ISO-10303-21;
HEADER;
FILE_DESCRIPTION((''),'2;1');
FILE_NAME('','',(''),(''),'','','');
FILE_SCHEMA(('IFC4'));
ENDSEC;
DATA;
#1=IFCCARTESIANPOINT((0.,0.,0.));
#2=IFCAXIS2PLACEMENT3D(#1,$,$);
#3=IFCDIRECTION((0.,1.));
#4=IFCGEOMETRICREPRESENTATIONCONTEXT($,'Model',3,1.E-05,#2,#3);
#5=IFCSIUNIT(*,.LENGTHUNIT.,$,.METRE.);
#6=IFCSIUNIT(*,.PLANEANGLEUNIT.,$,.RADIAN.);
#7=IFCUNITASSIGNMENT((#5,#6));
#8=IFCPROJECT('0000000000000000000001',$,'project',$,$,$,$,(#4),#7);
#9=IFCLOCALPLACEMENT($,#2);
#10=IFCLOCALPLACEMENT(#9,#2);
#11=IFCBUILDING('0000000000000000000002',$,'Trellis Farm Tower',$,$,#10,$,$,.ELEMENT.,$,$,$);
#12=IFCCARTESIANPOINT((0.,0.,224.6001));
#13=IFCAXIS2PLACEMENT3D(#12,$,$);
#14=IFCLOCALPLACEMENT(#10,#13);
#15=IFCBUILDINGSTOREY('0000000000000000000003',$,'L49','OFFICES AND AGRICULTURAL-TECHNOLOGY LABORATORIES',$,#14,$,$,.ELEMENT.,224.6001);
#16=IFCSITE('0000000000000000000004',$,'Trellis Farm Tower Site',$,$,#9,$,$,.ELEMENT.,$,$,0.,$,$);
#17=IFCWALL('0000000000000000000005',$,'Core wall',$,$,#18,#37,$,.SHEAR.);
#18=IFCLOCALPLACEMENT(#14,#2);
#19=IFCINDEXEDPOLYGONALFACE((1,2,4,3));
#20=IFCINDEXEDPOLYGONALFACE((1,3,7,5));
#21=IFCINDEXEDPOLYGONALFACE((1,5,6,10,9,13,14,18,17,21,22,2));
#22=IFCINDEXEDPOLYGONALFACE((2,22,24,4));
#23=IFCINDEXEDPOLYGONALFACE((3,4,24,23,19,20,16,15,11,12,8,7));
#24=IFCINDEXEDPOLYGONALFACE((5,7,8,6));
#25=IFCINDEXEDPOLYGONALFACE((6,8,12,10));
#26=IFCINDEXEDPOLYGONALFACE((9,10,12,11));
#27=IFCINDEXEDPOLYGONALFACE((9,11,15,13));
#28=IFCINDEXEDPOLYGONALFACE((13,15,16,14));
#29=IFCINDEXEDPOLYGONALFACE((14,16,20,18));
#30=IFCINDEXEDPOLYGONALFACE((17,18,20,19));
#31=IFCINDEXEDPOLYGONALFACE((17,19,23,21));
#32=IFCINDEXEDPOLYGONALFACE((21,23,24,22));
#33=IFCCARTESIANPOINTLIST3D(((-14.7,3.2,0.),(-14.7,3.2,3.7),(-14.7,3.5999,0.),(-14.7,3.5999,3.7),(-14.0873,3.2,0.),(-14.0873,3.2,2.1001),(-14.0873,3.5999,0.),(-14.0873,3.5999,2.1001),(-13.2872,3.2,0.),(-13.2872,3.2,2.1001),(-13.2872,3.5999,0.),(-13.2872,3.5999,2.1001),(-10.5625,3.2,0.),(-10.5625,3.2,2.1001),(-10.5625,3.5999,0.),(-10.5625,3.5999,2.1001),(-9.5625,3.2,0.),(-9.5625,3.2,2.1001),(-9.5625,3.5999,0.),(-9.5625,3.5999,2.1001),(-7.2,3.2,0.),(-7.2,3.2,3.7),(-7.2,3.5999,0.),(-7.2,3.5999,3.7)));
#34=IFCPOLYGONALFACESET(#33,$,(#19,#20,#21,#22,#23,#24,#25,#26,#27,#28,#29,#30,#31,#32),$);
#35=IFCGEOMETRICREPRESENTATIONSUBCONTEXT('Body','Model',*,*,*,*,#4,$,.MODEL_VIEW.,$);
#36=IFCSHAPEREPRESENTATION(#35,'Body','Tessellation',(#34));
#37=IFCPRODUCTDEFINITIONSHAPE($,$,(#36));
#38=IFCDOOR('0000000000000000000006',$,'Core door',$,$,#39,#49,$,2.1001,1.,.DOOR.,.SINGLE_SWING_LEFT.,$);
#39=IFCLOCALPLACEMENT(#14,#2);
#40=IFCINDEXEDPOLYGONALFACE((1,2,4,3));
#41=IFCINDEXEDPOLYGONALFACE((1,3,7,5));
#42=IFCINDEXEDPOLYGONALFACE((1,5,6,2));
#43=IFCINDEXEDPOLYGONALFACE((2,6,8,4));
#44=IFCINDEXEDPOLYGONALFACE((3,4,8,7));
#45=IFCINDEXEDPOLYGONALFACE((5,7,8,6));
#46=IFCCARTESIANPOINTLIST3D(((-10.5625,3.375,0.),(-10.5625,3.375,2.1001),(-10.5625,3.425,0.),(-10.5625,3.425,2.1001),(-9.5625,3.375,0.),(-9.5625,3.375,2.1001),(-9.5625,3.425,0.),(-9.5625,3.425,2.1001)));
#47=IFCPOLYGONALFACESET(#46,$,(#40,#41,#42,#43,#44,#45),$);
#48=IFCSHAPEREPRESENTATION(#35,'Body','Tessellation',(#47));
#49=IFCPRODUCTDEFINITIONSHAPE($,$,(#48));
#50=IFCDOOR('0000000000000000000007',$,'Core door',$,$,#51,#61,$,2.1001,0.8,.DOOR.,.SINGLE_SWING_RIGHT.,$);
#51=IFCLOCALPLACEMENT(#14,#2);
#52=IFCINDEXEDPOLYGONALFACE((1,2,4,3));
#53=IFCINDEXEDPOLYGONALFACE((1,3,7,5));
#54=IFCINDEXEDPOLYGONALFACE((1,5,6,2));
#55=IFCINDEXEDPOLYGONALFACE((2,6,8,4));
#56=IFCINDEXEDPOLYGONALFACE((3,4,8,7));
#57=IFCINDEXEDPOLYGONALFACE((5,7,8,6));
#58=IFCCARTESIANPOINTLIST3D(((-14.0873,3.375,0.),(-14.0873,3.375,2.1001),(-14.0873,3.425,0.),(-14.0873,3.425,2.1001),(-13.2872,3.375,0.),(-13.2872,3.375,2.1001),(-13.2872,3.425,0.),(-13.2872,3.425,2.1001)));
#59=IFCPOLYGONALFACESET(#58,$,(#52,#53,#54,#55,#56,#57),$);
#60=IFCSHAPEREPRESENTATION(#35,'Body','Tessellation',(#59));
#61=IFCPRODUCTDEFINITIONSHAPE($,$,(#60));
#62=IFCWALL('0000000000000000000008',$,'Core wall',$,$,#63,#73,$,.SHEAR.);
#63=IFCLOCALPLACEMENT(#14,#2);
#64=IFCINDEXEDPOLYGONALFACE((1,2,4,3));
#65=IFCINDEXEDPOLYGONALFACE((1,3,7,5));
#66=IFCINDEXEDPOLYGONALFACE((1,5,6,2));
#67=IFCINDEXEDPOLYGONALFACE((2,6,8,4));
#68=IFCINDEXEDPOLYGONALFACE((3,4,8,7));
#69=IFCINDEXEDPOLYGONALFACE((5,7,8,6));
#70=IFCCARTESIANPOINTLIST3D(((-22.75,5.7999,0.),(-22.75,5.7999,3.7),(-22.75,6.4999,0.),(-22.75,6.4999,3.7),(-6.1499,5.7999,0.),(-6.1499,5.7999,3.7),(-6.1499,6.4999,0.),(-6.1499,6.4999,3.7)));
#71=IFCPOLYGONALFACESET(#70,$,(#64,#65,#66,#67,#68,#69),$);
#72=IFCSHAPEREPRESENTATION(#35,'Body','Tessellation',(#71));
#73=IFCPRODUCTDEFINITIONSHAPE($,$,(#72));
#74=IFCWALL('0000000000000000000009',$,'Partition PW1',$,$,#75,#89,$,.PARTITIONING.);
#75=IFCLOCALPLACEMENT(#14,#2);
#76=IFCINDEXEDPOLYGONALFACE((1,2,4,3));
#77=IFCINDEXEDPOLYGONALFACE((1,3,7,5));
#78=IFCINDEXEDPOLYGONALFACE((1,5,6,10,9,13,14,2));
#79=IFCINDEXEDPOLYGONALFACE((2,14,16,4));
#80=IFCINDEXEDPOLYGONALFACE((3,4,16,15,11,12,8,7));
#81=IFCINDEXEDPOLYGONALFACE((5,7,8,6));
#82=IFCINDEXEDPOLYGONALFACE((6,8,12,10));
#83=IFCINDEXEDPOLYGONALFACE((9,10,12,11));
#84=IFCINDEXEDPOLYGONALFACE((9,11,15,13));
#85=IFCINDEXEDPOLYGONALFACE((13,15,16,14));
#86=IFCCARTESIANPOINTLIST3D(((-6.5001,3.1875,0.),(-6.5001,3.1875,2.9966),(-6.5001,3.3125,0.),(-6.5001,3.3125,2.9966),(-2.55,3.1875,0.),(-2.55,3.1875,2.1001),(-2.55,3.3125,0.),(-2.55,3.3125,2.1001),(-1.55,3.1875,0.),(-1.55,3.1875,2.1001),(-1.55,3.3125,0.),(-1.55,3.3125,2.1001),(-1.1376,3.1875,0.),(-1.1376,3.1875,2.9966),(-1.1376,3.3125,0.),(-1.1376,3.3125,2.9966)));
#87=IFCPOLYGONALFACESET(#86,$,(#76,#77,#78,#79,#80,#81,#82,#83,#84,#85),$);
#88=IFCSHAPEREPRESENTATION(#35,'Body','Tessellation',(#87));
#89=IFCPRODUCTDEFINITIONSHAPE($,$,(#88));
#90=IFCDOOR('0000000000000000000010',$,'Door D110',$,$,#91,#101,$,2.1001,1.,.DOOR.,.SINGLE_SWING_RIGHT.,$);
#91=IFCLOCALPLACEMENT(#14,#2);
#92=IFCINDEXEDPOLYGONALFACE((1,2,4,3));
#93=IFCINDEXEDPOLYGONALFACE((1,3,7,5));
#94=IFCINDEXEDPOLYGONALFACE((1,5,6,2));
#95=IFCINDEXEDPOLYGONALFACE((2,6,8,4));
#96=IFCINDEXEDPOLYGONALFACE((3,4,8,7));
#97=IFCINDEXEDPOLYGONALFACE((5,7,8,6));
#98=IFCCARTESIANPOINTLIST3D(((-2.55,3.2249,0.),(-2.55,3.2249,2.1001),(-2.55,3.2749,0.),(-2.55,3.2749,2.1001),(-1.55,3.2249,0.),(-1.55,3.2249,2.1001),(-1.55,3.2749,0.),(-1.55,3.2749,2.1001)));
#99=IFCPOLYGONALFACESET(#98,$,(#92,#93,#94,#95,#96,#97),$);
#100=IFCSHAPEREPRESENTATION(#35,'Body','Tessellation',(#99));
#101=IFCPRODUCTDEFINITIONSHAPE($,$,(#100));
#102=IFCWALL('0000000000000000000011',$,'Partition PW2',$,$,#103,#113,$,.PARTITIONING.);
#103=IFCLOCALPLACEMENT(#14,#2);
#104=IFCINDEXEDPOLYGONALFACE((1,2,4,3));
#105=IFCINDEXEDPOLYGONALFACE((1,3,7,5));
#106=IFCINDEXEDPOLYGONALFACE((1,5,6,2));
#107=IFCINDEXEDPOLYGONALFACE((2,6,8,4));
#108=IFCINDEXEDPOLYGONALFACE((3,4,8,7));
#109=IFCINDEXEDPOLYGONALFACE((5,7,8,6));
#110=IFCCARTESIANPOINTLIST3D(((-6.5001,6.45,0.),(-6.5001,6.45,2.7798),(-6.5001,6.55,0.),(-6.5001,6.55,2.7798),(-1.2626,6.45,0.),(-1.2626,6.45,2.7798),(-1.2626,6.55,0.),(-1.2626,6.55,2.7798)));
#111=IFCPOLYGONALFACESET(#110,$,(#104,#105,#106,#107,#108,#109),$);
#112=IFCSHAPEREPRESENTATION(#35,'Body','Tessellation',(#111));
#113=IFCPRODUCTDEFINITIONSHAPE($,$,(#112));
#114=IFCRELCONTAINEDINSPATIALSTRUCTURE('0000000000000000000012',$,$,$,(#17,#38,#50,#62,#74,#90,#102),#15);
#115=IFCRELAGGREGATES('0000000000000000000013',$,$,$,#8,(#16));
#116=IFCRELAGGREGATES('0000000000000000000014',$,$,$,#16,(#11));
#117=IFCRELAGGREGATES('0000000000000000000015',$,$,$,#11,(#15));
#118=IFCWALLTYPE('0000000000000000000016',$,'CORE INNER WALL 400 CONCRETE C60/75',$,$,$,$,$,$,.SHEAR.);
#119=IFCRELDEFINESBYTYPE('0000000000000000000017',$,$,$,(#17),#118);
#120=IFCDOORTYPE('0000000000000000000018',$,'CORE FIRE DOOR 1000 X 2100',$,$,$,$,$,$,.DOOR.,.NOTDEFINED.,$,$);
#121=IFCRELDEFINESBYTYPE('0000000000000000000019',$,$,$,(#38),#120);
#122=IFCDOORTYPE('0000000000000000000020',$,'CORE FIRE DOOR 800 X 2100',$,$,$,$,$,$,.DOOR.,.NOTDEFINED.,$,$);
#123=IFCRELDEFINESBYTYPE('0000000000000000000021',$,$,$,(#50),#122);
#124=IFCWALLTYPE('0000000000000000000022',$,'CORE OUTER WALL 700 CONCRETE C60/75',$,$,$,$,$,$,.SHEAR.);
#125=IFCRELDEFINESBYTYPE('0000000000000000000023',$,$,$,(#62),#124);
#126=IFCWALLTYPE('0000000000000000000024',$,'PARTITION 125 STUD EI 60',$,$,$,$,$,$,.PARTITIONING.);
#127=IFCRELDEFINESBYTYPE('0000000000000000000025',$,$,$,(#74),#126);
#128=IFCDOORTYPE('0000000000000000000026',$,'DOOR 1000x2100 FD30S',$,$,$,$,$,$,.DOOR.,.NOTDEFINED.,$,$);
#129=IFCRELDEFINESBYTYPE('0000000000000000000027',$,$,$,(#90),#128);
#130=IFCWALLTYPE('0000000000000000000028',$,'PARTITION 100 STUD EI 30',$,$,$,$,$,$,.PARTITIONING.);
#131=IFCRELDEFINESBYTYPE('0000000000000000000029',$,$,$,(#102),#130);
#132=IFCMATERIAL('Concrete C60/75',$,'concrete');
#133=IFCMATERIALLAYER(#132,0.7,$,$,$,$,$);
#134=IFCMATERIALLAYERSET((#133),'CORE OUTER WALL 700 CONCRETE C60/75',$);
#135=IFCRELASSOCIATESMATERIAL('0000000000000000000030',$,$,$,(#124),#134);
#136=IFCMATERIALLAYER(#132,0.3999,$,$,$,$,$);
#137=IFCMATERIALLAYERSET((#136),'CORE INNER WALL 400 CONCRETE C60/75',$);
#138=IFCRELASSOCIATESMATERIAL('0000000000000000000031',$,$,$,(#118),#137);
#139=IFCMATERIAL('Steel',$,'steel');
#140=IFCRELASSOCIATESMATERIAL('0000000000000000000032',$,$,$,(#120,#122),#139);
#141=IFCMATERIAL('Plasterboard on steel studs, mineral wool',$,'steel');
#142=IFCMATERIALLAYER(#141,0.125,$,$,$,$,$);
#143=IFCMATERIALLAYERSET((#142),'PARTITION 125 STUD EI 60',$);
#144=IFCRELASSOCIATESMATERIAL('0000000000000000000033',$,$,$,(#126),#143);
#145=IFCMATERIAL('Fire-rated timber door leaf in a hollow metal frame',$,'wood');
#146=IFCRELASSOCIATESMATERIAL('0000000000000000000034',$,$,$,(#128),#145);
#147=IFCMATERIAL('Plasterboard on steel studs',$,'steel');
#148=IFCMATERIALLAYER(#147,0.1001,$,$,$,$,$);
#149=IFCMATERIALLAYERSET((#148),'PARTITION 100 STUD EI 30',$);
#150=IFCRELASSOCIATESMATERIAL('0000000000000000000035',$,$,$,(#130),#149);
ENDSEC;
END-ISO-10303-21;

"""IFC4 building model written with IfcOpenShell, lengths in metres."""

from ifc_helpers import new_model, si_unit, direction, frame, frame_2d, origin, place, context, subcontext, project, spatial, rectangle, extrude, source, transform, mapped, material, layer, layer_set, type_object, element, fill, save


model = new_model("IFC4")

# Units and contexts
model_context = context("Model", 3, precision=1e-05, world=origin(), true_north=direction((0.0, 1.0)))
body_context = subcontext(model_context, "Body", "Model", "MODEL_VIEW")
ifc_project = project(units=[si_unit("LENGTHUNIT", "METRE"), si_unit("PLANEANGLEUNIT", "RADIAN")], contexts=[model_context])

# Site, building, storey
site_placement = place(None, origin())
site = spatial("IfcSite", under=ifc_project, at=site_placement, Name="Trellis Farm Tower Site", CompositionType="ELEMENT", RefElevation=0.0)
building_placement = place(site_placement, origin())
building = spatial("IfcBuilding", under=site, at=building_placement, Name="Trellis Farm Tower", CompositionType="ELEMENT")
storey_placement = place(building_placement, frame((0.0, 0.0, 224.6001)))
storey = spatial("IfcBuildingStorey", under=building, at=storey_placement, Name="L49", Description="OFFICES AND AGRICULTURAL-TECHNOLOGY LABORATORIES", CompositionType="ELEMENT", Elevation=224.6001)

# Shared definitions
ifc_material_1 = material(Name="Concrete C60/75", Category="concrete")

# Shared definitions
ifc_layer_1 = layer(ifc_material_1, 0.7)
ifc_layer_set_1 = layer_set([ifc_layer_1], Name="CORE OUTER WALL 700 CONCRETE C60/75")
wall_type_1 = type_object("IfcWallType", Name="CORE OUTER WALL 700 CONCRETE C60/75", PredefinedType="SHEAR", material=ifc_layer_set_1)
ifc_material_2 = material(Name="Steel", Category="steel")

# Wall, openings, doors
ifc_layer_2 = layer(ifc_material_1, 0.3999)
ifc_layer_set_2 = layer_set([ifc_layer_2], Name="CORE INNER WALL 400 CONCRETE C60/75")
wall_type_2 = type_object("IfcWallType", Name="CORE INNER WALL 400 CONCRETE C60/75", PredefinedType="SHEAR", material=ifc_layer_set_2)
shared_shape_1 = source(origin(), body_context, "Body", "SweptSolid", [
    extrude(rectangle(XDim=7.5, YDim=0.3999, at=frame_2d((3.75, 0.0))), origin(), (0.0, 0.0, 1.0), 3.7),
])
wall_1_placement = place(storey_placement, frame((-7.2, 3.3999, 0.0), z_axis=(0.0, 0.0, 1.0), x_axis=(-1.0, 0.0, 0.0)))
wall_1 = element("IfcWall", 1, at=wall_1_placement, inside=storey, type_object=wall_type_2, Name="Core wall", PredefinedType="SHEAR", context=body_context, shape_type="MappedRepresentation", body=[
    mapped(shared_shape_1, transform((0.0, 0.0, 0.0))),
])
shared_shape_2 = source(origin(), body_context, "Body", "SweptSolid", [
    extrude(rectangle(XDim=1.0, YDim=2.1001, at=frame_2d((0.5, 1.05))), frame((0.0, 0.21, 0.0), z_axis=(0.0, -1.0, 0.0), x_axis=(1.0, 0.0, 0.0)), (0.0, 0.0, 1.0), 0.4199),
])
opening_1_placement = place(wall_1_placement, frame((2.3625, 0.0, 0.0)))
opening_1 = element("IfcOpeningElement", 2, at=opening_1_placement, cuts=wall_1, PredefinedType="OPENING", context=body_context, shape_type="MappedRepresentation", body=[
    mapped(shared_shape_2, transform((0.0, 0.0, 0.0))),
])
shared_shape_3 = source(origin(), body_context, "Body", "SweptSolid", [
    extrude(rectangle(XDim=0.8, YDim=2.1001, at=frame_2d((0.3999, 1.05))), frame((0.0, 0.21, 0.0), z_axis=(0.0, -1.0, 0.0), x_axis=(1.0, 0.0, 0.0)), (0.0, 0.0, 1.0), 0.4199),
])
opening_2_placement = place(wall_1_placement, frame((6.0874, 0.0, 0.0)))
opening_2 = element("IfcOpeningElement", 3, at=opening_2_placement, cuts=wall_1, PredefinedType="OPENING", context=body_context, shape_type="MappedRepresentation", body=[
    mapped(shared_shape_3, transform((0.0, 0.0, 0.0))),
])
door_type_1 = type_object("IfcDoorType", Name="CORE FIRE DOOR 1000 X 2100", OperationType="NOTDEFINED", PredefinedType="DOOR", material=ifc_material_2)
shared_shape_4 = source(origin(), body_context, "Body", "SweptSolid", [
    extrude(rectangle(XDim=1.0, YDim=2.1001, at=frame_2d((0.5, 1.05))), frame((0.0, 0.0249, 0.0), z_axis=(0.0, -1.0, 0.0), x_axis=(1.0, 0.0, 0.0)), (0.0, 0.0, 1.0), 0.05),
])
door_1_placement = place(opening_1_placement, origin())
door_1 = element("IfcDoor", 4, at=door_1_placement, inside=storey, type_object=door_type_1, Name="Core door", OperationType="SINGLE_SWING_LEFT", OverallHeight=2.1001, OverallWidth=1.0, PredefinedType="DOOR", context=body_context, shape_type="MappedRepresentation", body=[
    mapped(shared_shape_4, transform((0.0, 0.0, 0.0))),
])
fill(opening_1, door_1)
door_type_2 = type_object("IfcDoorType", Name="CORE FIRE DOOR 800 X 2100", OperationType="NOTDEFINED", PredefinedType="DOOR", material=ifc_material_2)
shared_shape_5 = source(origin(), body_context, "Body", "SweptSolid", [
    extrude(rectangle(XDim=0.8, YDim=2.1001, at=frame_2d((0.3999, 1.05))), frame((0.0, 0.0249, 0.0), z_axis=(0.0, -1.0, 0.0), x_axis=(1.0, 0.0, 0.0)), (0.0, 0.0, 1.0), 0.05),
])
door_2_placement = place(opening_2_placement, origin())
door_2 = element("IfcDoor", 5, at=door_2_placement, inside=storey, type_object=door_type_2, Name="Core door", OperationType="SINGLE_SWING_RIGHT", OverallHeight=2.1001, OverallWidth=0.8, PredefinedType="DOOR", context=body_context, shape_type="MappedRepresentation", body=[
    mapped(shared_shape_5, transform((0.0, 0.0, 0.0))),
])
fill(opening_2, door_2)

# Wall
shared_shape_6 = source(origin(), body_context, "Body", "SweptSolid", [
    extrude(rectangle(XDim=16.6001, YDim=0.7, at=frame_2d((8.3, 0.0))), origin(), (0.0, 0.0, 1.0), 3.7),
])
wall_2_placement = place(storey_placement, frame((-6.1499, 6.1499, 0.0), z_axis=(0.0, 0.0, 1.0), x_axis=(-1.0, 0.0, 0.0)))
element("IfcWall", 6, at=wall_2_placement, inside=storey, type_object=wall_type_1, Name="Core wall", PredefinedType="SHEAR", context=body_context, shape_type="MappedRepresentation", body=[
    mapped(shared_shape_6, transform((0.0, 0.0, 0.0))),
])

# Wall, opening, door
ifc_material_3 = material(Name="Plasterboard on steel studs, mineral wool", Category="steel")
ifc_layer_3 = layer(ifc_material_3, 0.125)
ifc_layer_set_3 = layer_set([ifc_layer_3], Name="PARTITION 125 STUD EI 60")
wall_type_3 = type_object("IfcWallType", Name="PARTITION 125 STUD EI 60", PredefinedType="PARTITIONING", material=ifc_layer_set_3)
shared_shape_7 = source(origin(), body_context, "Body", "SweptSolid", [
    extrude(rectangle(XDim=5.3625, YDim=0.125, at=frame_2d((2.6812, 0.0))), origin(), (0.0, 0.0, 1.0), 2.9966),
])
wall_3_placement = place(storey_placement, frame((-6.5, 3.25, 0.0), z_axis=(0.0, 0.0, 1.0), x_axis=(1.0, 0.0, 0.0)))
wall_3 = element("IfcWall", 7, at=wall_3_placement, inside=storey, type_object=wall_type_3, Name="Partition PW1", PredefinedType="PARTITIONING", context=body_context, shape_type="MappedRepresentation", body=[
    mapped(shared_shape_7, transform((0.0, 0.0, 0.0))),
])
shared_shape_8 = source(origin(), body_context, "Body", "SweptSolid", [
    extrude(rectangle(XDim=1.0, YDim=2.1001, at=frame_2d((0.5, 1.05))), frame((0.0, 0.0725, 0.0), z_axis=(0.0, -1.0, 0.0), x_axis=(1.0, 0.0, 0.0)), (0.0, 0.0, 1.0), 0.145),
])
opening_3_placement = place(wall_3_placement, frame((3.95, 0.0, 0.0)))
opening_3 = element("IfcOpeningElement", 8, at=opening_3_placement, cuts=wall_3, PredefinedType="OPENING", context=body_context, shape_type="MappedRepresentation", body=[
    mapped(shared_shape_8, transform((0.0, 0.0, 0.0))),
])
ifc_material_4 = material(Name="Fire-rated timber door leaf in a hollow metal frame", Category="wood")
door_type_3 = type_object("IfcDoorType", Name="DOOR 1000x2100 FD30S", OperationType="NOTDEFINED", PredefinedType="DOOR", material=ifc_material_4)
door_3_placement = place(opening_3_placement, origin())
door_3 = element("IfcDoor", 9, at=door_3_placement, inside=storey, type_object=door_type_3, Name="Door D110", OperationType="SINGLE_SWING_RIGHT", OverallHeight=2.1001, OverallWidth=1.0, PredefinedType="DOOR", context=body_context, shape_type="MappedRepresentation", body=[
    mapped(shared_shape_4, transform((0.0, 0.0, 0.0))),
])
fill(opening_3, door_3)

# Wall
ifc_material_5 = material(Name="Plasterboard on steel studs", Category="steel")
ifc_layer_4 = layer(ifc_material_5, 0.1001)
ifc_layer_set_4 = layer_set([ifc_layer_4], Name="PARTITION 100 STUD EI 30")
wall_type_4 = type_object("IfcWallType", Name="PARTITION 100 STUD EI 30", PredefinedType="PARTITIONING", material=ifc_layer_set_4)
shared_shape_9 = source(origin(), body_context, "Body", "SweptSolid", [
    extrude(rectangle(XDim=5.2375, YDim=0.1001, at=frame_2d((2.6187, 0.0))), origin(), (0.0, 0.0, 1.0), 2.7798),
])
wall_4_placement = place(storey_placement, frame((-6.5, 6.5, 0.0), z_axis=(0.0, 0.0, 1.0), x_axis=(1.0, 0.0, 0.0)))
element("IfcWall", 10, at=wall_4_placement, inside=storey, type_object=wall_type_4, Name="Partition PW2", PredefinedType="PARTITIONING", context=body_context, shape_type="MappedRepresentation", body=[
    mapped(shared_shape_9, transform((0.0, 0.0, 0.0))),
])

save(model, "model.ifc")
